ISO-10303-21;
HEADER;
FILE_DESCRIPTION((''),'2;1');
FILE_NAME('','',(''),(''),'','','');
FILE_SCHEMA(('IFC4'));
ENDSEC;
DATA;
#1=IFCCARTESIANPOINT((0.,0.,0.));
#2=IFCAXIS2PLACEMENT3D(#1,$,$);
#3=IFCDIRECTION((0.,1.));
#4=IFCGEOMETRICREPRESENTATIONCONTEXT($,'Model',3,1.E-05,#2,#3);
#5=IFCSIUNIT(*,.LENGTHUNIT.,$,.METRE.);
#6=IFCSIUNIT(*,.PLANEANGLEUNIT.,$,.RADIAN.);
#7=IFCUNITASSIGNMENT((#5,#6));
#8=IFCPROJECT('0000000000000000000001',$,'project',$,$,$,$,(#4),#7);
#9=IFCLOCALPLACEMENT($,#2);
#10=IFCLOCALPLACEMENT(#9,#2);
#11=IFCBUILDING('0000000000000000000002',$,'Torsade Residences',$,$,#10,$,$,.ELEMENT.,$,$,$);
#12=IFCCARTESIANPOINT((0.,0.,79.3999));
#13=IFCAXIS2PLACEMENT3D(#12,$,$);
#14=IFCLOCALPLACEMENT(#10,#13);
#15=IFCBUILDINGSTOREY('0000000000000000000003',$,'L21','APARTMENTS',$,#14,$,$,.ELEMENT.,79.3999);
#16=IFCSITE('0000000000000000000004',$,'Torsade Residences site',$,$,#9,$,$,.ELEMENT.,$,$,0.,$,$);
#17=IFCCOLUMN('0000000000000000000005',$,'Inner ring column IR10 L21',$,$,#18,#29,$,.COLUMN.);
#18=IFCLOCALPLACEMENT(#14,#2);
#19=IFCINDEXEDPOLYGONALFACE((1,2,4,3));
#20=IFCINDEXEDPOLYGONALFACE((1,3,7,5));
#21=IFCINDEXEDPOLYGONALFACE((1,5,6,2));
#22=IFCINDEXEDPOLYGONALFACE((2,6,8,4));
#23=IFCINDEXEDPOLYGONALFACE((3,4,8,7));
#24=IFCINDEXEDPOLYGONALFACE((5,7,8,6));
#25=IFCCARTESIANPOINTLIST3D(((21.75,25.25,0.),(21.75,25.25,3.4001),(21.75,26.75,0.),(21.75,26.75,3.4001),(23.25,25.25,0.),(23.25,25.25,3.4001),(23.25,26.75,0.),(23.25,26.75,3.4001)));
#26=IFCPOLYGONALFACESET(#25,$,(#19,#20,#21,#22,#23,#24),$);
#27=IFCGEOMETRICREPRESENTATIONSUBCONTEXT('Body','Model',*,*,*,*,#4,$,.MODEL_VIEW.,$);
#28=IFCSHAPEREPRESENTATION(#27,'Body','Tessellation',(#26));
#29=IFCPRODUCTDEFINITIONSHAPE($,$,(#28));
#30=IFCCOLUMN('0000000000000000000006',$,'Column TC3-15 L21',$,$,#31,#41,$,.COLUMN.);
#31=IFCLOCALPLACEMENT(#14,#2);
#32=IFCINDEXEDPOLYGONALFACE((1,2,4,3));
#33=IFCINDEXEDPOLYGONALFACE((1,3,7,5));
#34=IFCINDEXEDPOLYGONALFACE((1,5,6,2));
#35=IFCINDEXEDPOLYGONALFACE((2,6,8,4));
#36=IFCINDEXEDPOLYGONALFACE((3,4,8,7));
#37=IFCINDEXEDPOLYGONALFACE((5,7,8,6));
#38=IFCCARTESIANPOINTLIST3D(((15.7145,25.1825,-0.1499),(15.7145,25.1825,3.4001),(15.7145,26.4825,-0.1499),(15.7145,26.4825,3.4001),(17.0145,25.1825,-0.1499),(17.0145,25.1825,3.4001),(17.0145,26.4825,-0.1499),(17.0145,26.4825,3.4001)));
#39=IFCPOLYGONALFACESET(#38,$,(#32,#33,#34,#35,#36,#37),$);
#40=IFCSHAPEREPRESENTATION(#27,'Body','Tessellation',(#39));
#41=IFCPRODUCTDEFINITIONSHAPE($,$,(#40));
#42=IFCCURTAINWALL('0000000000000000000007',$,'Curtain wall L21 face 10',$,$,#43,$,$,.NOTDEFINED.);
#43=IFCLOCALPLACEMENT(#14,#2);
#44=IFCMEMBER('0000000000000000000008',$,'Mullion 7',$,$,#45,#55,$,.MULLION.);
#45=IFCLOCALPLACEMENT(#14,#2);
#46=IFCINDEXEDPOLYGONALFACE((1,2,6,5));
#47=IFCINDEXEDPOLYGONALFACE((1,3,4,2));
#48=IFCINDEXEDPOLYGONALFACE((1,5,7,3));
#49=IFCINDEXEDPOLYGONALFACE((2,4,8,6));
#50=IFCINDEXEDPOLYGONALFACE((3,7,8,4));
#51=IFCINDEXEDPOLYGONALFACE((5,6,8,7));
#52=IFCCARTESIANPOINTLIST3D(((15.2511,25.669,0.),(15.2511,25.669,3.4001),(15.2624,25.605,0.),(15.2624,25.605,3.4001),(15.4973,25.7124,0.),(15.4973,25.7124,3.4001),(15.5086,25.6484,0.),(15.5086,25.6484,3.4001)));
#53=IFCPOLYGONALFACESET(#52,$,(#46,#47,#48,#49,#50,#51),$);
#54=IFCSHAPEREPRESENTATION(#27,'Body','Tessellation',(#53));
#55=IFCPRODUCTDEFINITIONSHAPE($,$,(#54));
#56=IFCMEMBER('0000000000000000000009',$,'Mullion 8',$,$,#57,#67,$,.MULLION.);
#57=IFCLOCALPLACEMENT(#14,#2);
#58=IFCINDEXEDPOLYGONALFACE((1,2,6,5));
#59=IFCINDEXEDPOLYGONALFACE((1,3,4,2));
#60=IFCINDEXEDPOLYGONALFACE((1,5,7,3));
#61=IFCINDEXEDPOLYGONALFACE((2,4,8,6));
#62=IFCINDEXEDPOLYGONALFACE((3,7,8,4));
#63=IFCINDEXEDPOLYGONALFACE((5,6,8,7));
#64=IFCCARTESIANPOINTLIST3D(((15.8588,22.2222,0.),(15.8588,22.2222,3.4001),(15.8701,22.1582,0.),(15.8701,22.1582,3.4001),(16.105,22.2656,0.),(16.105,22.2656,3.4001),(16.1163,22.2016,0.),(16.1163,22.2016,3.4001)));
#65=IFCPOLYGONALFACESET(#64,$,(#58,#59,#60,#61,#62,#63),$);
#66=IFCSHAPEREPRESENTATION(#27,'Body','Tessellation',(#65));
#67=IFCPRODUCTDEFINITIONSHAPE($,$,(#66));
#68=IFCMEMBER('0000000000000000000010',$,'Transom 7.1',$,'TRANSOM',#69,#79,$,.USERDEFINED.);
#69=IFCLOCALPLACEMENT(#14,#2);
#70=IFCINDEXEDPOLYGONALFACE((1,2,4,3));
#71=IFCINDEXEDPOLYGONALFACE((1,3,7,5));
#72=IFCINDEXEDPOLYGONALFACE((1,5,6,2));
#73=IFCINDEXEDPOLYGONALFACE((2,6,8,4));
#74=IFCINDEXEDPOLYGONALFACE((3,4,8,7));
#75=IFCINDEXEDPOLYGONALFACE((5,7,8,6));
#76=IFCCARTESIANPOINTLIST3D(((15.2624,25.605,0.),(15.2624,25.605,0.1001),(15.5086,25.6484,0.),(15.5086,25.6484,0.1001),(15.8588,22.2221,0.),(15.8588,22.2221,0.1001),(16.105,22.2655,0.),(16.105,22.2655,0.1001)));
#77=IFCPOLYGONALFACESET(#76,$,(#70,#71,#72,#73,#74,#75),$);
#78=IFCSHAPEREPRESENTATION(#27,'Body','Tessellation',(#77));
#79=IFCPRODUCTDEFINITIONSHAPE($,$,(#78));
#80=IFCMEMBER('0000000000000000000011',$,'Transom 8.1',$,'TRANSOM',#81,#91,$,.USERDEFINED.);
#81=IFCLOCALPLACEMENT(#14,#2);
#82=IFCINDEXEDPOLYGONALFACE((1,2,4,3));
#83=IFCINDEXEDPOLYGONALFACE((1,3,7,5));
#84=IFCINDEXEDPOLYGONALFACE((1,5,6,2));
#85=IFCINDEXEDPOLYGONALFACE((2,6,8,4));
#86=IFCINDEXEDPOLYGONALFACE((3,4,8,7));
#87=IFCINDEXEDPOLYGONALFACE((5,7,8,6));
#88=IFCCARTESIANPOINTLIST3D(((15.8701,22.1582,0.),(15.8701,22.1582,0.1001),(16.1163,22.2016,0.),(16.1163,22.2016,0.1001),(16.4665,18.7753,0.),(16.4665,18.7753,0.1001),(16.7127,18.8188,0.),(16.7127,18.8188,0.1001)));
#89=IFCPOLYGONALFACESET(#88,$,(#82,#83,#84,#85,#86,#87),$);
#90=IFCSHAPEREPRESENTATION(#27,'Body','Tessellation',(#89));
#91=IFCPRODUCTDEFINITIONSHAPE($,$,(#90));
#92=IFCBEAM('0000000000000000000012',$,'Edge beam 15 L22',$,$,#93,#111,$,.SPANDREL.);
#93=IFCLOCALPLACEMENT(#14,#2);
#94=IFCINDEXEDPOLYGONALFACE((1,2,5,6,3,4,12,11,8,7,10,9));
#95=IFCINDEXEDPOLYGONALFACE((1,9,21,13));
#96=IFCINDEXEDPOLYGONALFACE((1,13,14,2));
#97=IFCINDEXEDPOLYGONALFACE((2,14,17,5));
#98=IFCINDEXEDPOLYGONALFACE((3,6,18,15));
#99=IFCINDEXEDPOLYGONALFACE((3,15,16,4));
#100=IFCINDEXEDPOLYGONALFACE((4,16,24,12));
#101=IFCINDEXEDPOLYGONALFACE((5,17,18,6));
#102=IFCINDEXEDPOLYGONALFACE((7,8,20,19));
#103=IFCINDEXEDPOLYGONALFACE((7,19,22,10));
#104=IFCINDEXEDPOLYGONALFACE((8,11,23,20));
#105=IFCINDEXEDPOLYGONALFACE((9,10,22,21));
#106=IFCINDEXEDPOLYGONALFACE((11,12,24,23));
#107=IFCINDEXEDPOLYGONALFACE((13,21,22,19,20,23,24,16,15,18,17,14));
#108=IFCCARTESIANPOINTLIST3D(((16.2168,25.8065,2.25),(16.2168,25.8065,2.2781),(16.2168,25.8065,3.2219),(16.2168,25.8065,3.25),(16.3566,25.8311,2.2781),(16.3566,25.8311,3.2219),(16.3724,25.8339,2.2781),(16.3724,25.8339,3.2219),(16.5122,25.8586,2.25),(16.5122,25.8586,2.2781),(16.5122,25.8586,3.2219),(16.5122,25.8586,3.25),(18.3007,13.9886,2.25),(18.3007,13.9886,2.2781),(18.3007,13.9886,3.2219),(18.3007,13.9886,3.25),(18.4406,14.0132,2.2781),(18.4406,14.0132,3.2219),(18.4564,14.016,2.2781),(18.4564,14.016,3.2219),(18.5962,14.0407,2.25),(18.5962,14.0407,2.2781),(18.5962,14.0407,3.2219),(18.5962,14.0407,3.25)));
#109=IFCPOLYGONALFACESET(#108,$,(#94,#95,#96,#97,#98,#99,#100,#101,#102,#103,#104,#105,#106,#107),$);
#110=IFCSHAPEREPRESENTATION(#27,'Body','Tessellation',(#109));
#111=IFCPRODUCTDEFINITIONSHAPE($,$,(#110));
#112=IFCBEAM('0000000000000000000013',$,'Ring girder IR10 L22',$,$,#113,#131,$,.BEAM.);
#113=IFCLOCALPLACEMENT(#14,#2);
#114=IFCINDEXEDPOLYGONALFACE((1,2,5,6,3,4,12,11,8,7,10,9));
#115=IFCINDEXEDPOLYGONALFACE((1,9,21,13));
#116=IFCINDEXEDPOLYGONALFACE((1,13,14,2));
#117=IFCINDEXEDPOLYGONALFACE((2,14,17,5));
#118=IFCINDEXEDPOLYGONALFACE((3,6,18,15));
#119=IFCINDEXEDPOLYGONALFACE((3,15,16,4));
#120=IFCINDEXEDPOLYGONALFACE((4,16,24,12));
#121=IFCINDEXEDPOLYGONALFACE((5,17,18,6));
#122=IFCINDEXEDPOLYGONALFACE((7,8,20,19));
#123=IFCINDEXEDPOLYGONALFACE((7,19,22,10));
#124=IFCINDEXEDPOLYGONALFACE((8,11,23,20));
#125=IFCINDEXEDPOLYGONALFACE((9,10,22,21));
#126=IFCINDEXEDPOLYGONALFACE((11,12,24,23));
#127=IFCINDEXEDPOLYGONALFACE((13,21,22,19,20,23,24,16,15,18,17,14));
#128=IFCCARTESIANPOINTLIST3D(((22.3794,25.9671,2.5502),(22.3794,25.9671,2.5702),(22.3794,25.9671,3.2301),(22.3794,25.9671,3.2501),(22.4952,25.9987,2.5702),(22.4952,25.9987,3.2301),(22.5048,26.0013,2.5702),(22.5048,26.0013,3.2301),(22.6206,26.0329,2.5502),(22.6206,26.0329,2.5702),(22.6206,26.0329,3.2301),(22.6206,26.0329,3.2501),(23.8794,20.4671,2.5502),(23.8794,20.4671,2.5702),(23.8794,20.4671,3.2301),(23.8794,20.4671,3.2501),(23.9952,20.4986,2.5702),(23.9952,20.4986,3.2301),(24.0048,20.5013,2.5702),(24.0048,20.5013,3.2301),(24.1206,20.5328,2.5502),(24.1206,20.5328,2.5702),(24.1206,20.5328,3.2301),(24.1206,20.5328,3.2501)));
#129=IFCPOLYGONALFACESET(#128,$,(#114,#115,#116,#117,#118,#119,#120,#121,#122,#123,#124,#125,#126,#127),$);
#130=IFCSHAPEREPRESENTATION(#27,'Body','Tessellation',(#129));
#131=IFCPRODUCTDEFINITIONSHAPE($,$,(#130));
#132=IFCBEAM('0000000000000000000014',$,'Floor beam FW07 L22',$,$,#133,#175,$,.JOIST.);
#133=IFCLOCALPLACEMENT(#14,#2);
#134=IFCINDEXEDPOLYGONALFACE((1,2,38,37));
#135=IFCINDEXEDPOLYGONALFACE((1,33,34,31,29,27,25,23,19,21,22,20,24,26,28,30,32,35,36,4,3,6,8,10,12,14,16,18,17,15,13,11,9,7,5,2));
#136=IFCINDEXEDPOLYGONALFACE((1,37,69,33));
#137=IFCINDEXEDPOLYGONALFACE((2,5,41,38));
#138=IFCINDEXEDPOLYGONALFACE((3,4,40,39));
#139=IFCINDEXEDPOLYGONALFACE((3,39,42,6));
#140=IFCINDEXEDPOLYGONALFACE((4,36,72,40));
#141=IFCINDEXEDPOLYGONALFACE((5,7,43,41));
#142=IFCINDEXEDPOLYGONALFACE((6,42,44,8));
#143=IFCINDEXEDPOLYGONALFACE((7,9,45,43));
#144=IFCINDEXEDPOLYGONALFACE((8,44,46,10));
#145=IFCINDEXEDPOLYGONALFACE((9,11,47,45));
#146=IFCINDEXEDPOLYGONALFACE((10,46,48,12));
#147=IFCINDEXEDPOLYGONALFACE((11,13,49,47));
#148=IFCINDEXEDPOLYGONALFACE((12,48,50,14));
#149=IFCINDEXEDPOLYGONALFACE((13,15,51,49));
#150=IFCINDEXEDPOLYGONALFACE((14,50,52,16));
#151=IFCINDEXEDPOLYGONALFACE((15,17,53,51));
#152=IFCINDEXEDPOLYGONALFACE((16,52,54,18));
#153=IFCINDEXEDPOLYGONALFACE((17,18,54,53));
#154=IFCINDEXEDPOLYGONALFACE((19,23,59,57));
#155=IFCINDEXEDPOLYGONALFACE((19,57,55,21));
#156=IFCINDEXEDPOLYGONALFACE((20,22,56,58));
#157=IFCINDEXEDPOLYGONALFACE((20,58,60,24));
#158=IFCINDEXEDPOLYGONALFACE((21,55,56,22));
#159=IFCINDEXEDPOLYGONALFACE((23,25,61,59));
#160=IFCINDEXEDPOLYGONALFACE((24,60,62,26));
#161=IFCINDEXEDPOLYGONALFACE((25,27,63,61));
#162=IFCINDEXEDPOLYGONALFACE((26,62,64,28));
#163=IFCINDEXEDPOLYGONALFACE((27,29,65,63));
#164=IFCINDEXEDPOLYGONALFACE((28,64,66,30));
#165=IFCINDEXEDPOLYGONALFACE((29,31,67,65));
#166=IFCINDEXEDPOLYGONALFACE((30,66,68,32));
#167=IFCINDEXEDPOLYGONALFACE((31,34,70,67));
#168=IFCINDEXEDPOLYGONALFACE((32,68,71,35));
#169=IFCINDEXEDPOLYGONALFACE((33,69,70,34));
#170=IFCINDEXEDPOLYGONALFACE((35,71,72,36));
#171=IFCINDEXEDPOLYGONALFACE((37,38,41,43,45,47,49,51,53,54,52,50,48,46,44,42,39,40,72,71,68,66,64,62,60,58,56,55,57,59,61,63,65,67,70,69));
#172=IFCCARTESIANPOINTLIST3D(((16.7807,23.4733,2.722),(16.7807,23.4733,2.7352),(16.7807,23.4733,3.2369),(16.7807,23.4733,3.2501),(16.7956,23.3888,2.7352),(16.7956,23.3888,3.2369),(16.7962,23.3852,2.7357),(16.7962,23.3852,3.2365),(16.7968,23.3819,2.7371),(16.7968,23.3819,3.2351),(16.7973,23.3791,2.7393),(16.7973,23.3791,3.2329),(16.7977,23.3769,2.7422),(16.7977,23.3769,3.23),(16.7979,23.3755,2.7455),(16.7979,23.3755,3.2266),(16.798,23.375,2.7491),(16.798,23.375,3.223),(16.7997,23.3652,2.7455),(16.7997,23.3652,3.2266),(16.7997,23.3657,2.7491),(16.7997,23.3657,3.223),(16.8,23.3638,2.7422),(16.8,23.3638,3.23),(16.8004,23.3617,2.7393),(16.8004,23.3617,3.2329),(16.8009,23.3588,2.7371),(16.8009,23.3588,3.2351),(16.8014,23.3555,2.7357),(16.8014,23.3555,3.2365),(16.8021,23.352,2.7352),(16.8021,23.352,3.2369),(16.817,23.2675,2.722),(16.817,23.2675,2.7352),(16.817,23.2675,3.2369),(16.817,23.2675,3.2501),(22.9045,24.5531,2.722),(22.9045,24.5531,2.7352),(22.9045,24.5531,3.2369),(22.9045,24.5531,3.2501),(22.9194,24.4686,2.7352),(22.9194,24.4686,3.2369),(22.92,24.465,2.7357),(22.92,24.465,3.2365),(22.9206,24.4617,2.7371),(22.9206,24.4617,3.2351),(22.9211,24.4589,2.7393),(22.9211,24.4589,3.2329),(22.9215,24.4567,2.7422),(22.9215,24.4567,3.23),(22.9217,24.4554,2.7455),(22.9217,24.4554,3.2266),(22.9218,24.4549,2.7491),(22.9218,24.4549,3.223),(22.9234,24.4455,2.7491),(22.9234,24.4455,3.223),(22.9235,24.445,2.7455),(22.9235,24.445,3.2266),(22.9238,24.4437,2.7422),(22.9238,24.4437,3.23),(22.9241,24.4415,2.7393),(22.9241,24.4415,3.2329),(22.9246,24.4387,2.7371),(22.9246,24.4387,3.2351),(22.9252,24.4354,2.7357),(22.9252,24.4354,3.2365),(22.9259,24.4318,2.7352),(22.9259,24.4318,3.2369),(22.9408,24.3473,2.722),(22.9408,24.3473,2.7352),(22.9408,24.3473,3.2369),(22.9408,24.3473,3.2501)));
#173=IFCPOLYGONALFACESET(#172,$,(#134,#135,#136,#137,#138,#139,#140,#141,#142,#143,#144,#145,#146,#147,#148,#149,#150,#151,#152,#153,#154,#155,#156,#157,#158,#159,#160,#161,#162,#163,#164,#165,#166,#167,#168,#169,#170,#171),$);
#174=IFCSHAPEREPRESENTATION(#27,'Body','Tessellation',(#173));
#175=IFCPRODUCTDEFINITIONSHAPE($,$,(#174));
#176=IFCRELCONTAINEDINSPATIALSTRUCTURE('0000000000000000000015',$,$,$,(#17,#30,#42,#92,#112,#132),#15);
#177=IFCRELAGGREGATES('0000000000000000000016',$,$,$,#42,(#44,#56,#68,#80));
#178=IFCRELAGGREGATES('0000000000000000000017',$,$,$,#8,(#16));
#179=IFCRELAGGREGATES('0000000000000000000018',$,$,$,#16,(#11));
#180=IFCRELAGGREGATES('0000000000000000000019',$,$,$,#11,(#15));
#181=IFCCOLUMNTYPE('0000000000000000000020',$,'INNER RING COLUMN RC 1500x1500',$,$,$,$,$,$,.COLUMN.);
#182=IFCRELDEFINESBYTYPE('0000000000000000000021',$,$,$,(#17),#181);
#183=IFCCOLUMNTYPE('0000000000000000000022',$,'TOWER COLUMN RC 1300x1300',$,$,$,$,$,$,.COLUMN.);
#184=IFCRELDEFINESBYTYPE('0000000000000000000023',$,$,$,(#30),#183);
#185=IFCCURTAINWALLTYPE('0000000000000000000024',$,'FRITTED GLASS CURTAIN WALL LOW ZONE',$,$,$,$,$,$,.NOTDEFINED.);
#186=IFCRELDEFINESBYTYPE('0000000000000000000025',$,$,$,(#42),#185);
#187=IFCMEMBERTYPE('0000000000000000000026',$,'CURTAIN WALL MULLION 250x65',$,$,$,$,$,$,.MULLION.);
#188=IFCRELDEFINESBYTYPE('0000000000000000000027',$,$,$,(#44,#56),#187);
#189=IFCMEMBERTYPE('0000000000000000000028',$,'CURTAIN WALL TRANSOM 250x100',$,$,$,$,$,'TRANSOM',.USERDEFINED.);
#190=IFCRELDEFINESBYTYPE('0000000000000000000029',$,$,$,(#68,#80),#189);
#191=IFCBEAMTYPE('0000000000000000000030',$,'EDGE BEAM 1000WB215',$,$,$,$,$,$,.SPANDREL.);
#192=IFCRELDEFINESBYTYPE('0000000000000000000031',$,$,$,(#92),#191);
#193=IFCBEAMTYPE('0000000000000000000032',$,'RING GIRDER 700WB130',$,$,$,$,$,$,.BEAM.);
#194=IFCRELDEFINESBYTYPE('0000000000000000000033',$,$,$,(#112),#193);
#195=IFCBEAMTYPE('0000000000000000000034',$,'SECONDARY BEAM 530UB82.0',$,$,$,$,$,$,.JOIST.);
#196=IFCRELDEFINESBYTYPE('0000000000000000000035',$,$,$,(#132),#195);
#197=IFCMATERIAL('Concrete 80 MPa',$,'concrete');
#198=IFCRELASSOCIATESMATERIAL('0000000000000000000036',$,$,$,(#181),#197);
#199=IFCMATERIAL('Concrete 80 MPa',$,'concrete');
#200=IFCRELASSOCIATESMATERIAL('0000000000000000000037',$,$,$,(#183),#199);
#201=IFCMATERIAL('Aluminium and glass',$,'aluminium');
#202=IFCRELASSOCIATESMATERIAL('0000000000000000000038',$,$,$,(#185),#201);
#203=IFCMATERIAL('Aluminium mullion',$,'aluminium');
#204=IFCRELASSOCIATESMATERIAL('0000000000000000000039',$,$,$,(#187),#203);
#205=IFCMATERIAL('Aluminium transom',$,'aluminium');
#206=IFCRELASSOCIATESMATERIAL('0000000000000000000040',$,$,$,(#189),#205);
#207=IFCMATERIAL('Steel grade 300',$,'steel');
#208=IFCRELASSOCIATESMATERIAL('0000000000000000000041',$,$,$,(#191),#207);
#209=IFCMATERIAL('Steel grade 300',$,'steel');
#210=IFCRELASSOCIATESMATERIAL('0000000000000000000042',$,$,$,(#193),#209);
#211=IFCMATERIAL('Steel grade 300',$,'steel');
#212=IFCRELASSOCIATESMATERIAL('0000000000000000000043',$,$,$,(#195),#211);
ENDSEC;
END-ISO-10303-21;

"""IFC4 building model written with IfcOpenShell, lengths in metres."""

from ifc_helpers import new_model, si_unit, direction, frame, origin, origin_2d, place, context, subcontext, project, spatial, rectangle, i_section, extrude, material, material_profile, profile_set, type_object, element, aggregate, save


model = new_model("IFC4")

# Units and contexts
model_context = context("Model", 3, precision=1e-05, world=origin(), true_north=direction((0.0, 1.0)))
body_context = subcontext(model_context, "Body", "Model", "MODEL_VIEW")
ifc_project = project(units=[si_unit("LENGTHUNIT", "METRE"), si_unit("PLANEANGLEUNIT", "RADIAN")], contexts=[model_context])

# Site, building, storey
site_placement = place(None, origin())
site = spatial("IfcSite", under=ifc_project, at=site_placement, Name="Torsade Residences site", CompositionType="ELEMENT", RefElevation=0.0)
building_placement = place(site_placement, origin())
building = spatial("IfcBuilding", under=site, at=building_placement, Name="Torsade Residences", CompositionType="ELEMENT")
storey_placement = place(building_placement, frame((0.0, 0.0, 79.3999)))
storey = spatial("IfcBuildingStorey", under=building, at=storey_placement, Name="L21", Description="APARTMENTS", CompositionType="ELEMENT", Elevation=79.3999)

# Columns
ifc_material_1 = material(Name="Concrete 80 MPa", Category="concrete")
ifc_material_profile_1 = material_profile(ifc_material_1, rectangle(XDim=1.5, YDim=1.5, at=origin_2d()), Name="RC 1500x1500")
ifc_profile_set_1 = profile_set([ifc_material_profile_1], Name="Concrete 80 MPa")
column_type_1 = type_object("IfcColumnType", Name="INNER RING COLUMN RC 1500x1500", PredefinedType="COLUMN", material=ifc_profile_set_1)
column_1_placement = place(storey_placement, frame((22.5, 26.0, 0.0), z_axis=(0.0, 0.0, 1.0), x_axis=(1.0, 0.0, 0.0)))
element("IfcColumn", 1, at=column_1_placement, inside=storey, type_object=column_type_1, Name="Inner ring column IR10 L21", PredefinedType="COLUMN", context=body_context, shape_type="SweptSolid", body=[
    extrude(rectangle(XDim=1.5, YDim=1.5, at=origin_2d()), origin(), (0.0, 0.0, 1.0), 3.4001),
])
ifc_material_2 = material(Name="Concrete 80 MPa", Category="concrete")
ifc_material_profile_2 = material_profile(ifc_material_2, rectangle(XDim=1.3, YDim=1.3, at=origin_2d()), Name="RC 1300x1300")
ifc_profile_set_2 = profile_set([ifc_material_profile_2], Name="Concrete 80 MPa")
column_type_2 = type_object("IfcColumnType", Name="TOWER COLUMN RC 1300x1300", PredefinedType="COLUMN", material=ifc_profile_set_2)
column_2_placement = place(storey_placement, frame((16.3645, 25.8325, -0.1499), z_axis=(0.0, 0.0, 1.0), x_axis=(1.0, 0.0, 0.0)))
element("IfcColumn", 2, at=column_2_placement, inside=storey, type_object=column_type_2, Name="Column TC3-15 L21", PredefinedType="COLUMN", context=body_context, shape_type="SweptSolid", body=[
    extrude(rectangle(XDim=1.3, YDim=1.3, at=origin_2d()), origin(), (0.0, 0.0, 1.0), 3.55),
])

# Curtain wall, members
ifc_material_3 = material(Name="Aluminium and glass", Category="aluminium")
curtain_wall_type = type_object("IfcCurtainWallType", Name="FRITTED GLASS CURTAIN WALL LOW ZONE", PredefinedType="NOTDEFINED", material=ifc_material_3)
curtain_wall_placement = place(storey_placement, origin())
curtain_wall = element("IfcCurtainWall", 3, at=curtain_wall_placement, inside=storey, type_object=curtain_wall_type, Name="Curtain wall L21 face 10", PredefinedType="NOTDEFINED")
ifc_material_4 = material(Name="Aluminium mullion", Category="aluminium")
ifc_material_profile_3 = material_profile(ifc_material_4, rectangle(XDim=0.25, YDim=0.0649, at=origin_2d()), Name="CURTAIN WALL MULLION 250x65")
ifc_profile_set_3 = profile_set([ifc_material_profile_3], Name="Aluminium mullion")
member_type_1 = type_object("IfcMemberType", Name="CURTAIN WALL MULLION 250x65", PredefinedType="MULLION", material=ifc_profile_set_3)
member_1_placement = place(storey_placement, frame((15.3799, 25.6587, 0.0), z_axis=(0.0, 0.0, 1.0), x_axis=(0.984808, 0.173648, 0.0)))
member_1 = element("IfcMember", 4, at=member_1_placement, type_object=member_type_1, Name="Mullion 7", PredefinedType="MULLION", context=body_context, shape_type="SweptSolid", body=[
    extrude(rectangle(XDim=0.25, YDim=0.0649, at=origin_2d()), origin(), (0.0, 0.0, 1.0), 3.4001),
])
member_2_placement = place(storey_placement, frame((15.9875, 22.2119, 0.0), z_axis=(0.0, 0.0, 1.0), x_axis=(0.984808, 0.173648, 0.0)))
member_2 = element("IfcMember", 5, at=member_2_placement, type_object=member_type_1, Name="Mullion 8", PredefinedType="MULLION", context=body_context, shape_type="SweptSolid", body=[
    extrude(rectangle(XDim=0.25, YDim=0.0649, at=origin_2d()), origin(), (0.0, 0.0, 1.0), 3.4001),
])
ifc_material_5 = material(Name="Aluminium transom", Category="aluminium")
ifc_material_profile_4 = material_profile(ifc_material_5, rectangle(XDim=0.25, YDim=0.1001, at=origin_2d()), Name="CURTAIN WALL TRANSOM 250x100")
ifc_profile_set_4 = profile_set([ifc_material_profile_4], Name="Aluminium transom")
member_type_2 = type_object("IfcMemberType", Name="CURTAIN WALL TRANSOM 250x100", ElementType="TRANSOM", PredefinedType="USERDEFINED", material=ifc_profile_set_4)
member_3_placement = place(storey_placement, frame((15.3855, 25.6267, 0.05), z_axis=(0.173635, -0.98481, 0.0), x_axis=(0.98481, 0.173635, 0.0)))
member_3 = element("IfcMember", 6, at=member_3_placement, type_object=member_type_2, Name="Transom 7.1", ObjectType="TRANSOM", PredefinedType="USERDEFINED", context=body_context, shape_type="SweptSolid", body=[
    extrude(rectangle(XDim=0.25, YDim=0.1001, at=origin_2d()), origin(), (0.0, 0.0, 1.0), 3.4351),
])
member_4_placement = place(storey_placement, frame((15.9932, 22.1799, 0.05), z_axis=(0.173635, -0.98481, 0.0), x_axis=(0.98481, 0.173635, 0.0)))
member_4 = element("IfcMember", 7, at=member_4_placement, type_object=member_type_2, Name="Transom 8.1", ObjectType="TRANSOM", PredefinedType="USERDEFINED", context=body_context, shape_type="SweptSolid", body=[
    extrude(rectangle(XDim=0.25, YDim=0.1001, at=origin_2d()), origin(), (0.0, 0.0, 1.0), 3.4351),
])

# Beams
ifc_material_6 = material(Name="Steel grade 300", Category="steel")
ifc_material_profile_5 = material_profile(ifc_material_6, i_section(OverallWidth=0.3, OverallDepth=1.0, WebThickness=0.0161, FlangeThickness=0.0281, at=origin_2d()), Name="1000WB215")
ifc_profile_set_5 = profile_set([ifc_material_profile_5], Name="Steel grade 300")
beam_type_1 = type_object("IfcBeamType", Name="EDGE BEAM 1000WB215", PredefinedType="SPANDREL", material=ifc_profile_set_5)
beam_1_placement = place(storey_placement, frame((16.3645, 25.8325, 2.75), z_axis=(0.173662, -0.984805, 0.0), x_axis=(0.984805, 0.173662, 0.0)))
element("IfcBeam", 8, at=beam_1_placement, inside=storey, type_object=beam_type_1, Name="Edge beam 15 L22", PredefinedType="SPANDREL", context=body_context, shape_type="SweptSolid", body=[
    extrude(i_section(OverallWidth=0.3, OverallDepth=1.0, WebThickness=0.0161, FlangeThickness=0.0281, at=origin_2d()), origin(), (0.0, 0.0, 1.0), 12.0002),
])
ifc_material_7 = material(Name="Steel grade 300", Category="steel")
ifc_material_profile_6 = material_profile(ifc_material_7, i_section(OverallWidth=0.25, OverallDepth=0.7, WebThickness=0.01, FlangeThickness=0.02, at=origin_2d()), Name="700WB130")
ifc_profile_set_6 = profile_set([ifc_material_profile_6], Name="Steel grade 300")
beam_type_2 = type_object("IfcBeamType", Name="RING GIRDER 700WB130", PredefinedType="BEAM", material=ifc_profile_set_6)
beam_2_placement = place(storey_placement, frame((22.5, 26.0, 2.9001), z_axis=(0.263117, -0.964764, 0.0), x_axis=(0.964764, 0.263117, 0.0)))
element("IfcBeam", 9, at=beam_2_placement, inside=storey, type_object=beam_type_2, Name="Ring girder IR10 L22", PredefinedType="BEAM", context=body_context, shape_type="SweptSolid", body=[
    extrude(i_section(OverallWidth=0.25, OverallDepth=0.7, WebThickness=0.01, FlangeThickness=0.02, at=origin_2d()), origin(), (0.0, 0.0, 1.0), 5.7009),
])
ifc_material_8 = material(Name="Steel grade 300", Category="steel")
ifc_material_profile_7 = material_profile(ifc_material_8, i_section(OverallWidth=0.209, OverallDepth=0.5281, WebThickness=0.0095, FlangeThickness=0.0132, FilletRadius=0.0139, at=origin_2d()), Name="530UB82.0")
ifc_profile_set_7 = profile_set([ifc_material_profile_7], Name="Steel grade 300")
beam_type_3 = type_object("IfcBeamType", Name="SECONDARY BEAM 530UB82.0", PredefinedType="JOIST", material=ifc_profile_set_7)
beam_3_placement = place(storey_placement, frame((16.7988, 23.3704, 2.9861), z_axis=(0.984806, 0.173655, 0.0), x_axis=(-0.173655, 0.984806, 0.0)))
element("IfcBeam", 10, at=beam_3_placement, inside=storey, type_object=beam_type_3, Name="Floor beam FW07 L22", PredefinedType="JOIST", context=body_context, shape_type="SweptSolid", body=[
    extrude(i_section(OverallWidth=0.209, OverallDepth=0.5281, WebThickness=0.0095, FlangeThickness=0.0132, FilletRadius=0.0139, at=origin_2d()), origin(), (0.0, 0.0, 1.0), 6.2183),
])

aggregate(curtain_wall, [member_1, member_2, member_3, member_4])

save(model, "model.ifc")
